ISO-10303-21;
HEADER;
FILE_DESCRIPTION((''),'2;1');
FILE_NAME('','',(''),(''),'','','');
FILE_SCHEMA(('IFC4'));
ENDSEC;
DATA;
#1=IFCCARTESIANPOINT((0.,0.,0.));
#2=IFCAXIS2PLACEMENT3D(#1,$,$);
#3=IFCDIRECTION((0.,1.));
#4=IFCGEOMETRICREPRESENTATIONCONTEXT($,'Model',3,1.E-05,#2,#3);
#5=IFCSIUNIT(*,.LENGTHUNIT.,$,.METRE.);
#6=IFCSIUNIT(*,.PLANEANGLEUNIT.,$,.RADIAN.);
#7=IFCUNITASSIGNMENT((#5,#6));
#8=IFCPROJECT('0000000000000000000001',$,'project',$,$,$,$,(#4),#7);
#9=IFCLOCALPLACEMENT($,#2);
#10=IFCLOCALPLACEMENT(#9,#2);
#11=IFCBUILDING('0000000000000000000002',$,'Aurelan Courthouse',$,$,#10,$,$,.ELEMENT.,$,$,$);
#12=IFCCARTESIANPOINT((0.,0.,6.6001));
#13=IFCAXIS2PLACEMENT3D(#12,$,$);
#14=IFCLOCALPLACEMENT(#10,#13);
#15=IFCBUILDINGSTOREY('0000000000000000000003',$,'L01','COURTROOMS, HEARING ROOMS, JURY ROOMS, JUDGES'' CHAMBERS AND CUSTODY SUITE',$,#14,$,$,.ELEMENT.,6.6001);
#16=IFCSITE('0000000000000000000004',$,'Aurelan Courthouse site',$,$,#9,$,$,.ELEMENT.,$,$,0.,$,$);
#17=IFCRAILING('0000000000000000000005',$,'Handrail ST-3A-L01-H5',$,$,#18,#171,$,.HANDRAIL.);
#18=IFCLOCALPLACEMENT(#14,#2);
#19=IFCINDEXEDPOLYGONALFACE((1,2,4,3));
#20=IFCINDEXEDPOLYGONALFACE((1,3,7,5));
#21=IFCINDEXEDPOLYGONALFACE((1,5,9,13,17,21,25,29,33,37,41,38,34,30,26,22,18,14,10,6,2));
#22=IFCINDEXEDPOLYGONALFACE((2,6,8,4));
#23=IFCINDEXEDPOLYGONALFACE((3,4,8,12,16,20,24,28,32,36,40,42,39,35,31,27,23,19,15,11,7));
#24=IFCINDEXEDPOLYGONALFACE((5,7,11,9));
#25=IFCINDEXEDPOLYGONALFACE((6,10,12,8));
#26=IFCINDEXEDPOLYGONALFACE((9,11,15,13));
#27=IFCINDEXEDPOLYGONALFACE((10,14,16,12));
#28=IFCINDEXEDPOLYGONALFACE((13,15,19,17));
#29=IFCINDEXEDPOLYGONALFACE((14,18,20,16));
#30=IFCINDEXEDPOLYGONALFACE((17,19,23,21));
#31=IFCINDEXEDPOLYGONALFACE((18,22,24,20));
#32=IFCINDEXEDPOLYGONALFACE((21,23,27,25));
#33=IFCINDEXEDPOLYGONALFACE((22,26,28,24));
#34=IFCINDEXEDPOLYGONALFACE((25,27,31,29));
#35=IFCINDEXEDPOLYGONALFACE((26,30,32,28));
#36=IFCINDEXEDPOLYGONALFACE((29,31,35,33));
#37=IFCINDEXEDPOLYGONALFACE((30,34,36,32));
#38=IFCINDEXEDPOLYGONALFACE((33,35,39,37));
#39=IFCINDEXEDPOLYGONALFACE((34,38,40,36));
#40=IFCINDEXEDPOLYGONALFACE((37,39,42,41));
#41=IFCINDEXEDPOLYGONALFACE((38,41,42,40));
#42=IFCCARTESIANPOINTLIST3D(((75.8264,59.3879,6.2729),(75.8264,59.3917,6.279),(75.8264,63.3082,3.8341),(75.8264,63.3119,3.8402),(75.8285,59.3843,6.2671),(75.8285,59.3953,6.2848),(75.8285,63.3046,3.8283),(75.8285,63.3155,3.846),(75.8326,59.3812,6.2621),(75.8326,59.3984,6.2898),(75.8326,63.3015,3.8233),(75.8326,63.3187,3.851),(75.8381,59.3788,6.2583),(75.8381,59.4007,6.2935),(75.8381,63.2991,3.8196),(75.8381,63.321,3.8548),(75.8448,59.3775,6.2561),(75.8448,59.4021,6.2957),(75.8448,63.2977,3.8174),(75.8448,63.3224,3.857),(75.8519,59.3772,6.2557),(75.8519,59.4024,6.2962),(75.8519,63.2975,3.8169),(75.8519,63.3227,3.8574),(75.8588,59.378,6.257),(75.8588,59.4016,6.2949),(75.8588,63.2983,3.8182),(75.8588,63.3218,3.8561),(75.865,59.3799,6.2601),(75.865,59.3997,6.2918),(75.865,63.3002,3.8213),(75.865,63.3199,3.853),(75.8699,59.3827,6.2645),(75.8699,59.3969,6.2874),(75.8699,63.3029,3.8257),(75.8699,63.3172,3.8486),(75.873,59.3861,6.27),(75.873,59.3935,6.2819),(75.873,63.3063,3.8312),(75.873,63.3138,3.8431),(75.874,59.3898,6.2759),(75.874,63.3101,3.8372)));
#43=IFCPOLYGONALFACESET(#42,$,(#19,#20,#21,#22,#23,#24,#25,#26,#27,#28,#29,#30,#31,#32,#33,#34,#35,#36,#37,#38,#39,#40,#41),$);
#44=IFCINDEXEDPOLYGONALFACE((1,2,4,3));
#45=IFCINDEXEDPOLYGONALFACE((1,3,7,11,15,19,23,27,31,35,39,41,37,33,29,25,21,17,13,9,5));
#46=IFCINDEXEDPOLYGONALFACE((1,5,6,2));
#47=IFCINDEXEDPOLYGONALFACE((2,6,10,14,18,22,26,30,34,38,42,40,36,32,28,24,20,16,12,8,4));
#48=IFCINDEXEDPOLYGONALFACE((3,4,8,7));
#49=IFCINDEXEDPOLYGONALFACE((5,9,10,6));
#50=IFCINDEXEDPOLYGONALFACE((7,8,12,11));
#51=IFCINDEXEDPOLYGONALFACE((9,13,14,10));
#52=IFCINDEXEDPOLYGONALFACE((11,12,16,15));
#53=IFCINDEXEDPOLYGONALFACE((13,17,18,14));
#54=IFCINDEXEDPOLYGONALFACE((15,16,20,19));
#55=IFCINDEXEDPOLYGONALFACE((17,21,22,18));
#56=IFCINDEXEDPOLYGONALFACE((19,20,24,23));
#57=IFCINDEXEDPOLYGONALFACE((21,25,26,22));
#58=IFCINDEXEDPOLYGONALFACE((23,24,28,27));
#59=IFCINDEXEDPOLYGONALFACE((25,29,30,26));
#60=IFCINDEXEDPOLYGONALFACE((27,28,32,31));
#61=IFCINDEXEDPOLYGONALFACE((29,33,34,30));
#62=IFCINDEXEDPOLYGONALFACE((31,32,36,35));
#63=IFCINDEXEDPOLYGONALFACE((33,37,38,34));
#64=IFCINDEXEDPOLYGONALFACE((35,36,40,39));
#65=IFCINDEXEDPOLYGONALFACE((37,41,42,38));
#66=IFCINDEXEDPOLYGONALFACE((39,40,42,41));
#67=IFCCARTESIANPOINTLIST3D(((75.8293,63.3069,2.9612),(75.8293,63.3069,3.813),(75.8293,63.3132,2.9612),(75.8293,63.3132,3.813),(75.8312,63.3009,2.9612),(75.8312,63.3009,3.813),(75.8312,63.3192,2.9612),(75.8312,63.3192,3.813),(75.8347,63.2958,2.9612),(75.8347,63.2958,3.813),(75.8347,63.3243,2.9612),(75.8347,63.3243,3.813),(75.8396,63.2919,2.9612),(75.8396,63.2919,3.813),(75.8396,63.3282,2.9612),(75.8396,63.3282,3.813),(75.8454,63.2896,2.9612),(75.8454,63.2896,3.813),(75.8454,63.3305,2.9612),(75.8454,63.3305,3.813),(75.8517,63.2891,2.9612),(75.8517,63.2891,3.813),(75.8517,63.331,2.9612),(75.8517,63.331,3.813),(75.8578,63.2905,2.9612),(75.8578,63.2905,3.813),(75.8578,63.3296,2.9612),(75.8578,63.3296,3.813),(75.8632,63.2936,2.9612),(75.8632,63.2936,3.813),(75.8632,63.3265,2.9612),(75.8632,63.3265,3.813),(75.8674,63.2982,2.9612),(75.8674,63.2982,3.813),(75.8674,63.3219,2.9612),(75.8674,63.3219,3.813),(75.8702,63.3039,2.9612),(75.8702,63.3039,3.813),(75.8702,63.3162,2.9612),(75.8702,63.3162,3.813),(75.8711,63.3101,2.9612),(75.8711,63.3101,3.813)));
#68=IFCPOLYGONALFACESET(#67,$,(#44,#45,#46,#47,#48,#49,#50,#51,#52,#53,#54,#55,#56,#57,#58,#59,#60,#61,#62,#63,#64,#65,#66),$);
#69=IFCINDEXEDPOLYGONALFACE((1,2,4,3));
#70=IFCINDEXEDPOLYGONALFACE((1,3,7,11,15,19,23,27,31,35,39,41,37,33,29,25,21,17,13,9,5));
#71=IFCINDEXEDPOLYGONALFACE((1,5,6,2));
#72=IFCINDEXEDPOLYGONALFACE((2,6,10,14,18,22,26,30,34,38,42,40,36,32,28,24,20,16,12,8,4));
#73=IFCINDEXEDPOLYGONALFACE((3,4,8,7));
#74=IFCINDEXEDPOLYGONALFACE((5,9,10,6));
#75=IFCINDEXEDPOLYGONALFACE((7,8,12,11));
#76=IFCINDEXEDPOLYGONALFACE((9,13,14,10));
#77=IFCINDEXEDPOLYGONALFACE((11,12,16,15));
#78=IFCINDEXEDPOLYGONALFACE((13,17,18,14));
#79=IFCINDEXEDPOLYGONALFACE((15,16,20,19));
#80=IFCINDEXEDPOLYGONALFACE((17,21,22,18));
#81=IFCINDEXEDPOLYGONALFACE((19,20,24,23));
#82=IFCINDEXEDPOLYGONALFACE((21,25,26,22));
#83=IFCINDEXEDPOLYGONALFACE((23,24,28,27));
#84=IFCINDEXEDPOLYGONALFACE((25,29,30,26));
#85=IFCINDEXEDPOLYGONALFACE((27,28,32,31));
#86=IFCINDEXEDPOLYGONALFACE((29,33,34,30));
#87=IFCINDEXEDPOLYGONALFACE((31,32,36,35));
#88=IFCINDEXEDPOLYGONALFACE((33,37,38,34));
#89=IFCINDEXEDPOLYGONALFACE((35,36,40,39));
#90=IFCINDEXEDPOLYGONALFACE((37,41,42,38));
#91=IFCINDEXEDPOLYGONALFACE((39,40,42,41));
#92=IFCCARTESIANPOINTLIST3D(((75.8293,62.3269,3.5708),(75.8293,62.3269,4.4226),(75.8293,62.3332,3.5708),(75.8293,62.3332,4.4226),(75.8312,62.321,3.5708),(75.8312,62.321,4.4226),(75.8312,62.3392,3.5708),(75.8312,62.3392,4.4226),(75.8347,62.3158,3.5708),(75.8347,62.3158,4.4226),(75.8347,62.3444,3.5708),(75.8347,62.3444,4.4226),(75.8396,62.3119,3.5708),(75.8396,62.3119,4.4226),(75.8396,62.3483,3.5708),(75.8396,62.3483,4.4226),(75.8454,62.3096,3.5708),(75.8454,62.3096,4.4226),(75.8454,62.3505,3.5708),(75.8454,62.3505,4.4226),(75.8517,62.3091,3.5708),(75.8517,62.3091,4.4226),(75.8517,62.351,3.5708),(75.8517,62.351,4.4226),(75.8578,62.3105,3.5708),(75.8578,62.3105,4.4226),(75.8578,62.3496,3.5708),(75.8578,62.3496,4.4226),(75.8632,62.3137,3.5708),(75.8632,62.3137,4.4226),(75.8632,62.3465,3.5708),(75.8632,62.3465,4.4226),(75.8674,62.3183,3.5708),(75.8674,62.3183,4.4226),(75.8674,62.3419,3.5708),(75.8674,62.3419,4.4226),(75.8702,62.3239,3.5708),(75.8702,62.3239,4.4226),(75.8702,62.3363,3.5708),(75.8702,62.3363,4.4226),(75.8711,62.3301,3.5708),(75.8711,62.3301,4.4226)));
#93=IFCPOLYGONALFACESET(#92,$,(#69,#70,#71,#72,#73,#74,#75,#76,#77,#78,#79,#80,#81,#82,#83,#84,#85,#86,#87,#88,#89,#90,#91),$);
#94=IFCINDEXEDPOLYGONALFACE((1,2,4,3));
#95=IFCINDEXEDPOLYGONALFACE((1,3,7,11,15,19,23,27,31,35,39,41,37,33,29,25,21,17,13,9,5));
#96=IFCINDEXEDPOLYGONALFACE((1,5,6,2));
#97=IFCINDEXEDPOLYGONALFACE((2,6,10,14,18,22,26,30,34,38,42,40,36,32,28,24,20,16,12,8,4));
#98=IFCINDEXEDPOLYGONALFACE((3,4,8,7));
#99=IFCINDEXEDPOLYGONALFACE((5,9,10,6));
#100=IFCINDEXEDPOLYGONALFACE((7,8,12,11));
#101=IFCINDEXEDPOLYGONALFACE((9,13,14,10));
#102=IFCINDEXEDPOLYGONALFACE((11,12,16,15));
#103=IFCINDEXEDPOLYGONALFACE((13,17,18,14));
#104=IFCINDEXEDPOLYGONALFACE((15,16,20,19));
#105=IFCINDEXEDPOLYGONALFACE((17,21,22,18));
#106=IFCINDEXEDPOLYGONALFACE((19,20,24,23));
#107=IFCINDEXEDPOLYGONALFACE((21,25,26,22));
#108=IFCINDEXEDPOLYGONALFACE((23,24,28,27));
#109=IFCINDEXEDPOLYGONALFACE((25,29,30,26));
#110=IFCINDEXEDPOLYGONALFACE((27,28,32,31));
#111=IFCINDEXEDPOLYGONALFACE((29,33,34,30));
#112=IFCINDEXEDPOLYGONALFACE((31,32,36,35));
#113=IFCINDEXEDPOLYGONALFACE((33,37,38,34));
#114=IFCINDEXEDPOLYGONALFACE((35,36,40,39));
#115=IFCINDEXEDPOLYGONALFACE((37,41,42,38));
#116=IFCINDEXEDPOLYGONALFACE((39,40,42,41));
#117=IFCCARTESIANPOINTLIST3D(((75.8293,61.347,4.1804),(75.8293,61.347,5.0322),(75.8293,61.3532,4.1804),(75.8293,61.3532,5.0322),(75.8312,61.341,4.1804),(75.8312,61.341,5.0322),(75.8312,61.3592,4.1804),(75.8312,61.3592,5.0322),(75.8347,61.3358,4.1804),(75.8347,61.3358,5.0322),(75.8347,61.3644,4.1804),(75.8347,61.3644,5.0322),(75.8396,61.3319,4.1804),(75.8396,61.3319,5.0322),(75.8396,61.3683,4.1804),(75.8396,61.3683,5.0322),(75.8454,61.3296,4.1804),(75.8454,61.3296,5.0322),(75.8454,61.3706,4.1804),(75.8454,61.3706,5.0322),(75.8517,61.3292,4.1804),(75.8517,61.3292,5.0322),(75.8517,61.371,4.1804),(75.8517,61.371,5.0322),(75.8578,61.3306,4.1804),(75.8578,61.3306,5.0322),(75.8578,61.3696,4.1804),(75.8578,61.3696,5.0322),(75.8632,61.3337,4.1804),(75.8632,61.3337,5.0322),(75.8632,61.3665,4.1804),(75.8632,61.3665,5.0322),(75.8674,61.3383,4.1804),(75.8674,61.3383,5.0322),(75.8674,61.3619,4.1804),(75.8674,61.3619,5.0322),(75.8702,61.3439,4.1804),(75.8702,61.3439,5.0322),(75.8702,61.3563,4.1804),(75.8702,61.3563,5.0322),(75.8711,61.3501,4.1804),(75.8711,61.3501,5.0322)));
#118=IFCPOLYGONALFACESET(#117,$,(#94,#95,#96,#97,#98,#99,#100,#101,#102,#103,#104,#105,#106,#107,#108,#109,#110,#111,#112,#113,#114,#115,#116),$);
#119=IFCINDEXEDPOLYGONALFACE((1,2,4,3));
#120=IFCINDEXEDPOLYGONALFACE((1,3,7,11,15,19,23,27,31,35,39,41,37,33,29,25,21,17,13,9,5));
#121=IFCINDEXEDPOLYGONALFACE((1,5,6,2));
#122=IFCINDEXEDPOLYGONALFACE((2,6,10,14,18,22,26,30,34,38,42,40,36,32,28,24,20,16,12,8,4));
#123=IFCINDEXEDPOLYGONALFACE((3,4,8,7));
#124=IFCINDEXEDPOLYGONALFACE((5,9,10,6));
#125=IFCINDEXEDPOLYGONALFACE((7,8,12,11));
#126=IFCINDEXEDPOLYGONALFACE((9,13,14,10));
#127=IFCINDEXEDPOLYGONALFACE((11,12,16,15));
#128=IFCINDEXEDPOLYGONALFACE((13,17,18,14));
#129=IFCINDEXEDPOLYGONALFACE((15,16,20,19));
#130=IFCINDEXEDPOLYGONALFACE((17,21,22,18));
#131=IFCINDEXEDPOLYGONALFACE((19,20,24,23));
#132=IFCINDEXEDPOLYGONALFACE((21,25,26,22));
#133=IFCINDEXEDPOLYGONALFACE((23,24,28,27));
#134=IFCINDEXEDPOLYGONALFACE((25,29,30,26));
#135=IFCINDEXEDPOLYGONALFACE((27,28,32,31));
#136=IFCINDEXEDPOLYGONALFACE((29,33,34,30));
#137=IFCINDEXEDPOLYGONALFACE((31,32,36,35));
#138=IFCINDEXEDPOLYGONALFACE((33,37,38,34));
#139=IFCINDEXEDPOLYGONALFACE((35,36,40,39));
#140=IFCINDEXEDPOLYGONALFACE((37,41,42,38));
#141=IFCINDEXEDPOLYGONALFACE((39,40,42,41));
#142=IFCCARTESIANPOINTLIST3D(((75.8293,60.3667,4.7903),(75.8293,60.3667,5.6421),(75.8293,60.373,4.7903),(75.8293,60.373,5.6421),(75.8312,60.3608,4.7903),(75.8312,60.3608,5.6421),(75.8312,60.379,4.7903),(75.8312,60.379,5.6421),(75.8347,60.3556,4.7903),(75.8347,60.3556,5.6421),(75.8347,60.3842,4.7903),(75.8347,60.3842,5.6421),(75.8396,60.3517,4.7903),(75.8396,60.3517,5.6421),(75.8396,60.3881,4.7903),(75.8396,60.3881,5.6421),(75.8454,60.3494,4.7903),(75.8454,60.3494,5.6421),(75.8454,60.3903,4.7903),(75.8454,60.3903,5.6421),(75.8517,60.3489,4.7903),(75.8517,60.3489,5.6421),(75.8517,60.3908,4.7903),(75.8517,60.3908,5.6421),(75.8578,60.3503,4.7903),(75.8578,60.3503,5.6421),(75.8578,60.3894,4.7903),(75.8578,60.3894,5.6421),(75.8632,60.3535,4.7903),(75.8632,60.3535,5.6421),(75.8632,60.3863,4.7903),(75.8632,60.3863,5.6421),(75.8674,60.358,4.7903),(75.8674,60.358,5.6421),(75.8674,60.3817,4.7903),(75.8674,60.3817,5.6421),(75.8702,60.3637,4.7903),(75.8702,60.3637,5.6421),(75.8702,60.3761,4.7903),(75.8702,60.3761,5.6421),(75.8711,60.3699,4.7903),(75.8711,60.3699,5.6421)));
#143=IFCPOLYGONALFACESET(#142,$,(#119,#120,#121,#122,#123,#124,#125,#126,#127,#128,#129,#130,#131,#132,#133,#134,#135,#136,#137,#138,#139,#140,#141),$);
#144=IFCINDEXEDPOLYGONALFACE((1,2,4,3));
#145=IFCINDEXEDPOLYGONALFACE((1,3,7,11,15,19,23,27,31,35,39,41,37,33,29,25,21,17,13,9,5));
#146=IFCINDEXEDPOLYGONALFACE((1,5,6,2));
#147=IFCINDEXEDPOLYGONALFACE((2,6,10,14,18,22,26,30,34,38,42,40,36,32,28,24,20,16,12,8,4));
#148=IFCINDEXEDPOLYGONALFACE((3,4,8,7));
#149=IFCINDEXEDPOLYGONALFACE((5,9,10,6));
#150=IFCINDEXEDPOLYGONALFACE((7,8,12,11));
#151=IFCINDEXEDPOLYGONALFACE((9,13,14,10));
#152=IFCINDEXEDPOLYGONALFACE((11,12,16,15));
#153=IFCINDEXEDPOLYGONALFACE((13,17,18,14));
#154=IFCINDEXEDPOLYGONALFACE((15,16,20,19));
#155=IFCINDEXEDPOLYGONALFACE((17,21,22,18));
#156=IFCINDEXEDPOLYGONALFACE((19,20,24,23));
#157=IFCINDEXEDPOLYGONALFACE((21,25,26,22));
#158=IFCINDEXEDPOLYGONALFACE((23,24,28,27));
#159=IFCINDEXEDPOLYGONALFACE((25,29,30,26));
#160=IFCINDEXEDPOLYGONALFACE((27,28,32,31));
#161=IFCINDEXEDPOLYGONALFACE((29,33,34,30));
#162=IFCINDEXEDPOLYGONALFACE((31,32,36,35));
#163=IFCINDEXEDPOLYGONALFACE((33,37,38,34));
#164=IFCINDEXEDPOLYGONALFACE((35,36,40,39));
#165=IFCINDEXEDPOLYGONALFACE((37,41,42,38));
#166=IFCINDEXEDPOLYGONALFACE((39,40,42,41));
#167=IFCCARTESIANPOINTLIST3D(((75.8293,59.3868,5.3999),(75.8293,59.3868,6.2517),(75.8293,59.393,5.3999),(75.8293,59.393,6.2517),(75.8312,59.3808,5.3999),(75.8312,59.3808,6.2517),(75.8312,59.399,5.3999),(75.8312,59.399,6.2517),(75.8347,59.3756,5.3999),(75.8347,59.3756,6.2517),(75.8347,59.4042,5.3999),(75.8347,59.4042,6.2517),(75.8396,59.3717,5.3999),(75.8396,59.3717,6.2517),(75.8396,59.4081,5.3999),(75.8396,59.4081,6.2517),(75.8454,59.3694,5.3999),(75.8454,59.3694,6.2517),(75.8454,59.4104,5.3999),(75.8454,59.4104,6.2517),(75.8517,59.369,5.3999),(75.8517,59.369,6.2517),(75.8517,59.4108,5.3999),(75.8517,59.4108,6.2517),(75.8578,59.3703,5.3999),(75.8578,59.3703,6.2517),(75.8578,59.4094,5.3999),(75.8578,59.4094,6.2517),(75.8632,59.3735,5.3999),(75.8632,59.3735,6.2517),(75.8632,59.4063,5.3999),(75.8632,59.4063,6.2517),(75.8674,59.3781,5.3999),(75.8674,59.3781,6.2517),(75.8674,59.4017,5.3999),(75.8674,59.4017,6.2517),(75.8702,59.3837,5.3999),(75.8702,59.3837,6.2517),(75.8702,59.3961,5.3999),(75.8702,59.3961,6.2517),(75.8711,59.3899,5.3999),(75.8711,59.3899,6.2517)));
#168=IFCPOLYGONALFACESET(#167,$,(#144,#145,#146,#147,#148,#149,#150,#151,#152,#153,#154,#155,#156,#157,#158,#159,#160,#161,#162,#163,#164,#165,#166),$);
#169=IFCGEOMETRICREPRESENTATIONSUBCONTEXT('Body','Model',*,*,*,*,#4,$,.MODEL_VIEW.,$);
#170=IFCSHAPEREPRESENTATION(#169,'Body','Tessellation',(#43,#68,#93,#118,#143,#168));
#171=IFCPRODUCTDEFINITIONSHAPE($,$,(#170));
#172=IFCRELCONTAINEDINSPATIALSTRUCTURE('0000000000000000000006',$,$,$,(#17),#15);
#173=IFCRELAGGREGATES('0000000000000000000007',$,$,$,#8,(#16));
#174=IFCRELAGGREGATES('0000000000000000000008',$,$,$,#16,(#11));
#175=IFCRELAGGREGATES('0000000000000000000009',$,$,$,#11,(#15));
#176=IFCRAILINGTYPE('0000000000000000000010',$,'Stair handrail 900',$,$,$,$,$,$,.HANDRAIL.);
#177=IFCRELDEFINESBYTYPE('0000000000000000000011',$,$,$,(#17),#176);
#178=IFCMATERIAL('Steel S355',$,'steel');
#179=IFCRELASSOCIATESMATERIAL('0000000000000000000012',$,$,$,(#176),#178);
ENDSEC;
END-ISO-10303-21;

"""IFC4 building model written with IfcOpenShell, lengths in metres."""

from ifc_helpers import new_model, si_unit, direction, frame, origin, origin_2d, place, context, subcontext, project, spatial, circle, extrude, material, type_object, element, save


model = new_model("IFC4")

# Units and contexts
model_context = context("Model", 3, precision=1e-05, world=origin(), true_north=direction((0.0, 1.0)))
body_context = subcontext(model_context, "Body", "Model", "MODEL_VIEW")
ifc_project = project(units=[si_unit("LENGTHUNIT", "METRE"), si_unit("PLANEANGLEUNIT", "RADIAN")], contexts=[model_context])

# Site, building, storey
site_placement = place(None, origin())
site = spatial("IfcSite", under=ifc_project, at=site_placement, Name="Aurelan Courthouse site", CompositionType="ELEMENT", RefElevation=0.0)
building_placement = place(site_placement, origin())
building = spatial("IfcBuilding", under=site, at=building_placement, Name="Aurelan Courthouse", CompositionType="ELEMENT")
storey_placement = place(building_placement, frame((0.0, 0.0, 6.6001)))
storey = spatial("IfcBuildingStorey", under=building, at=storey_placement, Name="L01", Description="COURTROOMS, HEARING ROOMS, JURY ROOMS, JUDGES' CHAMBERS AND CUSTODY SUITE", CompositionType="ELEMENT", Elevation=6.6001)

# Railing
ifc_material_1 = material(Name="Steel S355", Category="steel")
railing_type_1 = type_object("IfcRailingType", Name="Stair handrail 900", PredefinedType="HANDRAIL", material=ifc_material_1)
for number, where, name in (
    (1, (75.8501, 63.3101, 2.9612), "Handrail ST-3A-L01-H5"),
):
    element("IfcRailing", number, at=place(storey_placement, frame(where)), inside=storey, type_object=railing_type_1, Name=name, PredefinedType="HANDRAIL", context=body_context, shape_type="SweptSolid", body=[
        extrude(circle(Radius=0.0239, at=origin_2d()), frame((0.0, 0.0, 0.876), z_axis=(0.0, -0.849105, 0.528225), x_axis=(1.0, 0.0, 0.0)), (0.0, 0.0, 1.0), 4.6169),
        extrude(circle(Radius=0.021, at=origin_2d()), origin(), (0.0, 0.0, 1.0), 0.8518),
        extrude(circle(Radius=0.021, at=origin_2d()), frame((0.0, -0.98, 0.6096)), (0.0, 0.0, 1.0), 0.8518),
        extrude(circle(Radius=0.021, at=origin_2d()), frame((0.0, -1.96, 1.2192)), (0.0, 0.0, 1.0), 0.8518),
        extrude(circle(Radius=0.021, at=origin_2d()), frame((0.0, -2.9402, 1.8291)), (0.0, 0.0, 1.0), 0.8518),
        extrude(circle(Radius=0.021, at=origin_2d()), frame((0.0, -3.9202, 2.4387)), (0.0, 0.0, 1.0), 0.8518),
    ])

save(model, "model.ifc")
